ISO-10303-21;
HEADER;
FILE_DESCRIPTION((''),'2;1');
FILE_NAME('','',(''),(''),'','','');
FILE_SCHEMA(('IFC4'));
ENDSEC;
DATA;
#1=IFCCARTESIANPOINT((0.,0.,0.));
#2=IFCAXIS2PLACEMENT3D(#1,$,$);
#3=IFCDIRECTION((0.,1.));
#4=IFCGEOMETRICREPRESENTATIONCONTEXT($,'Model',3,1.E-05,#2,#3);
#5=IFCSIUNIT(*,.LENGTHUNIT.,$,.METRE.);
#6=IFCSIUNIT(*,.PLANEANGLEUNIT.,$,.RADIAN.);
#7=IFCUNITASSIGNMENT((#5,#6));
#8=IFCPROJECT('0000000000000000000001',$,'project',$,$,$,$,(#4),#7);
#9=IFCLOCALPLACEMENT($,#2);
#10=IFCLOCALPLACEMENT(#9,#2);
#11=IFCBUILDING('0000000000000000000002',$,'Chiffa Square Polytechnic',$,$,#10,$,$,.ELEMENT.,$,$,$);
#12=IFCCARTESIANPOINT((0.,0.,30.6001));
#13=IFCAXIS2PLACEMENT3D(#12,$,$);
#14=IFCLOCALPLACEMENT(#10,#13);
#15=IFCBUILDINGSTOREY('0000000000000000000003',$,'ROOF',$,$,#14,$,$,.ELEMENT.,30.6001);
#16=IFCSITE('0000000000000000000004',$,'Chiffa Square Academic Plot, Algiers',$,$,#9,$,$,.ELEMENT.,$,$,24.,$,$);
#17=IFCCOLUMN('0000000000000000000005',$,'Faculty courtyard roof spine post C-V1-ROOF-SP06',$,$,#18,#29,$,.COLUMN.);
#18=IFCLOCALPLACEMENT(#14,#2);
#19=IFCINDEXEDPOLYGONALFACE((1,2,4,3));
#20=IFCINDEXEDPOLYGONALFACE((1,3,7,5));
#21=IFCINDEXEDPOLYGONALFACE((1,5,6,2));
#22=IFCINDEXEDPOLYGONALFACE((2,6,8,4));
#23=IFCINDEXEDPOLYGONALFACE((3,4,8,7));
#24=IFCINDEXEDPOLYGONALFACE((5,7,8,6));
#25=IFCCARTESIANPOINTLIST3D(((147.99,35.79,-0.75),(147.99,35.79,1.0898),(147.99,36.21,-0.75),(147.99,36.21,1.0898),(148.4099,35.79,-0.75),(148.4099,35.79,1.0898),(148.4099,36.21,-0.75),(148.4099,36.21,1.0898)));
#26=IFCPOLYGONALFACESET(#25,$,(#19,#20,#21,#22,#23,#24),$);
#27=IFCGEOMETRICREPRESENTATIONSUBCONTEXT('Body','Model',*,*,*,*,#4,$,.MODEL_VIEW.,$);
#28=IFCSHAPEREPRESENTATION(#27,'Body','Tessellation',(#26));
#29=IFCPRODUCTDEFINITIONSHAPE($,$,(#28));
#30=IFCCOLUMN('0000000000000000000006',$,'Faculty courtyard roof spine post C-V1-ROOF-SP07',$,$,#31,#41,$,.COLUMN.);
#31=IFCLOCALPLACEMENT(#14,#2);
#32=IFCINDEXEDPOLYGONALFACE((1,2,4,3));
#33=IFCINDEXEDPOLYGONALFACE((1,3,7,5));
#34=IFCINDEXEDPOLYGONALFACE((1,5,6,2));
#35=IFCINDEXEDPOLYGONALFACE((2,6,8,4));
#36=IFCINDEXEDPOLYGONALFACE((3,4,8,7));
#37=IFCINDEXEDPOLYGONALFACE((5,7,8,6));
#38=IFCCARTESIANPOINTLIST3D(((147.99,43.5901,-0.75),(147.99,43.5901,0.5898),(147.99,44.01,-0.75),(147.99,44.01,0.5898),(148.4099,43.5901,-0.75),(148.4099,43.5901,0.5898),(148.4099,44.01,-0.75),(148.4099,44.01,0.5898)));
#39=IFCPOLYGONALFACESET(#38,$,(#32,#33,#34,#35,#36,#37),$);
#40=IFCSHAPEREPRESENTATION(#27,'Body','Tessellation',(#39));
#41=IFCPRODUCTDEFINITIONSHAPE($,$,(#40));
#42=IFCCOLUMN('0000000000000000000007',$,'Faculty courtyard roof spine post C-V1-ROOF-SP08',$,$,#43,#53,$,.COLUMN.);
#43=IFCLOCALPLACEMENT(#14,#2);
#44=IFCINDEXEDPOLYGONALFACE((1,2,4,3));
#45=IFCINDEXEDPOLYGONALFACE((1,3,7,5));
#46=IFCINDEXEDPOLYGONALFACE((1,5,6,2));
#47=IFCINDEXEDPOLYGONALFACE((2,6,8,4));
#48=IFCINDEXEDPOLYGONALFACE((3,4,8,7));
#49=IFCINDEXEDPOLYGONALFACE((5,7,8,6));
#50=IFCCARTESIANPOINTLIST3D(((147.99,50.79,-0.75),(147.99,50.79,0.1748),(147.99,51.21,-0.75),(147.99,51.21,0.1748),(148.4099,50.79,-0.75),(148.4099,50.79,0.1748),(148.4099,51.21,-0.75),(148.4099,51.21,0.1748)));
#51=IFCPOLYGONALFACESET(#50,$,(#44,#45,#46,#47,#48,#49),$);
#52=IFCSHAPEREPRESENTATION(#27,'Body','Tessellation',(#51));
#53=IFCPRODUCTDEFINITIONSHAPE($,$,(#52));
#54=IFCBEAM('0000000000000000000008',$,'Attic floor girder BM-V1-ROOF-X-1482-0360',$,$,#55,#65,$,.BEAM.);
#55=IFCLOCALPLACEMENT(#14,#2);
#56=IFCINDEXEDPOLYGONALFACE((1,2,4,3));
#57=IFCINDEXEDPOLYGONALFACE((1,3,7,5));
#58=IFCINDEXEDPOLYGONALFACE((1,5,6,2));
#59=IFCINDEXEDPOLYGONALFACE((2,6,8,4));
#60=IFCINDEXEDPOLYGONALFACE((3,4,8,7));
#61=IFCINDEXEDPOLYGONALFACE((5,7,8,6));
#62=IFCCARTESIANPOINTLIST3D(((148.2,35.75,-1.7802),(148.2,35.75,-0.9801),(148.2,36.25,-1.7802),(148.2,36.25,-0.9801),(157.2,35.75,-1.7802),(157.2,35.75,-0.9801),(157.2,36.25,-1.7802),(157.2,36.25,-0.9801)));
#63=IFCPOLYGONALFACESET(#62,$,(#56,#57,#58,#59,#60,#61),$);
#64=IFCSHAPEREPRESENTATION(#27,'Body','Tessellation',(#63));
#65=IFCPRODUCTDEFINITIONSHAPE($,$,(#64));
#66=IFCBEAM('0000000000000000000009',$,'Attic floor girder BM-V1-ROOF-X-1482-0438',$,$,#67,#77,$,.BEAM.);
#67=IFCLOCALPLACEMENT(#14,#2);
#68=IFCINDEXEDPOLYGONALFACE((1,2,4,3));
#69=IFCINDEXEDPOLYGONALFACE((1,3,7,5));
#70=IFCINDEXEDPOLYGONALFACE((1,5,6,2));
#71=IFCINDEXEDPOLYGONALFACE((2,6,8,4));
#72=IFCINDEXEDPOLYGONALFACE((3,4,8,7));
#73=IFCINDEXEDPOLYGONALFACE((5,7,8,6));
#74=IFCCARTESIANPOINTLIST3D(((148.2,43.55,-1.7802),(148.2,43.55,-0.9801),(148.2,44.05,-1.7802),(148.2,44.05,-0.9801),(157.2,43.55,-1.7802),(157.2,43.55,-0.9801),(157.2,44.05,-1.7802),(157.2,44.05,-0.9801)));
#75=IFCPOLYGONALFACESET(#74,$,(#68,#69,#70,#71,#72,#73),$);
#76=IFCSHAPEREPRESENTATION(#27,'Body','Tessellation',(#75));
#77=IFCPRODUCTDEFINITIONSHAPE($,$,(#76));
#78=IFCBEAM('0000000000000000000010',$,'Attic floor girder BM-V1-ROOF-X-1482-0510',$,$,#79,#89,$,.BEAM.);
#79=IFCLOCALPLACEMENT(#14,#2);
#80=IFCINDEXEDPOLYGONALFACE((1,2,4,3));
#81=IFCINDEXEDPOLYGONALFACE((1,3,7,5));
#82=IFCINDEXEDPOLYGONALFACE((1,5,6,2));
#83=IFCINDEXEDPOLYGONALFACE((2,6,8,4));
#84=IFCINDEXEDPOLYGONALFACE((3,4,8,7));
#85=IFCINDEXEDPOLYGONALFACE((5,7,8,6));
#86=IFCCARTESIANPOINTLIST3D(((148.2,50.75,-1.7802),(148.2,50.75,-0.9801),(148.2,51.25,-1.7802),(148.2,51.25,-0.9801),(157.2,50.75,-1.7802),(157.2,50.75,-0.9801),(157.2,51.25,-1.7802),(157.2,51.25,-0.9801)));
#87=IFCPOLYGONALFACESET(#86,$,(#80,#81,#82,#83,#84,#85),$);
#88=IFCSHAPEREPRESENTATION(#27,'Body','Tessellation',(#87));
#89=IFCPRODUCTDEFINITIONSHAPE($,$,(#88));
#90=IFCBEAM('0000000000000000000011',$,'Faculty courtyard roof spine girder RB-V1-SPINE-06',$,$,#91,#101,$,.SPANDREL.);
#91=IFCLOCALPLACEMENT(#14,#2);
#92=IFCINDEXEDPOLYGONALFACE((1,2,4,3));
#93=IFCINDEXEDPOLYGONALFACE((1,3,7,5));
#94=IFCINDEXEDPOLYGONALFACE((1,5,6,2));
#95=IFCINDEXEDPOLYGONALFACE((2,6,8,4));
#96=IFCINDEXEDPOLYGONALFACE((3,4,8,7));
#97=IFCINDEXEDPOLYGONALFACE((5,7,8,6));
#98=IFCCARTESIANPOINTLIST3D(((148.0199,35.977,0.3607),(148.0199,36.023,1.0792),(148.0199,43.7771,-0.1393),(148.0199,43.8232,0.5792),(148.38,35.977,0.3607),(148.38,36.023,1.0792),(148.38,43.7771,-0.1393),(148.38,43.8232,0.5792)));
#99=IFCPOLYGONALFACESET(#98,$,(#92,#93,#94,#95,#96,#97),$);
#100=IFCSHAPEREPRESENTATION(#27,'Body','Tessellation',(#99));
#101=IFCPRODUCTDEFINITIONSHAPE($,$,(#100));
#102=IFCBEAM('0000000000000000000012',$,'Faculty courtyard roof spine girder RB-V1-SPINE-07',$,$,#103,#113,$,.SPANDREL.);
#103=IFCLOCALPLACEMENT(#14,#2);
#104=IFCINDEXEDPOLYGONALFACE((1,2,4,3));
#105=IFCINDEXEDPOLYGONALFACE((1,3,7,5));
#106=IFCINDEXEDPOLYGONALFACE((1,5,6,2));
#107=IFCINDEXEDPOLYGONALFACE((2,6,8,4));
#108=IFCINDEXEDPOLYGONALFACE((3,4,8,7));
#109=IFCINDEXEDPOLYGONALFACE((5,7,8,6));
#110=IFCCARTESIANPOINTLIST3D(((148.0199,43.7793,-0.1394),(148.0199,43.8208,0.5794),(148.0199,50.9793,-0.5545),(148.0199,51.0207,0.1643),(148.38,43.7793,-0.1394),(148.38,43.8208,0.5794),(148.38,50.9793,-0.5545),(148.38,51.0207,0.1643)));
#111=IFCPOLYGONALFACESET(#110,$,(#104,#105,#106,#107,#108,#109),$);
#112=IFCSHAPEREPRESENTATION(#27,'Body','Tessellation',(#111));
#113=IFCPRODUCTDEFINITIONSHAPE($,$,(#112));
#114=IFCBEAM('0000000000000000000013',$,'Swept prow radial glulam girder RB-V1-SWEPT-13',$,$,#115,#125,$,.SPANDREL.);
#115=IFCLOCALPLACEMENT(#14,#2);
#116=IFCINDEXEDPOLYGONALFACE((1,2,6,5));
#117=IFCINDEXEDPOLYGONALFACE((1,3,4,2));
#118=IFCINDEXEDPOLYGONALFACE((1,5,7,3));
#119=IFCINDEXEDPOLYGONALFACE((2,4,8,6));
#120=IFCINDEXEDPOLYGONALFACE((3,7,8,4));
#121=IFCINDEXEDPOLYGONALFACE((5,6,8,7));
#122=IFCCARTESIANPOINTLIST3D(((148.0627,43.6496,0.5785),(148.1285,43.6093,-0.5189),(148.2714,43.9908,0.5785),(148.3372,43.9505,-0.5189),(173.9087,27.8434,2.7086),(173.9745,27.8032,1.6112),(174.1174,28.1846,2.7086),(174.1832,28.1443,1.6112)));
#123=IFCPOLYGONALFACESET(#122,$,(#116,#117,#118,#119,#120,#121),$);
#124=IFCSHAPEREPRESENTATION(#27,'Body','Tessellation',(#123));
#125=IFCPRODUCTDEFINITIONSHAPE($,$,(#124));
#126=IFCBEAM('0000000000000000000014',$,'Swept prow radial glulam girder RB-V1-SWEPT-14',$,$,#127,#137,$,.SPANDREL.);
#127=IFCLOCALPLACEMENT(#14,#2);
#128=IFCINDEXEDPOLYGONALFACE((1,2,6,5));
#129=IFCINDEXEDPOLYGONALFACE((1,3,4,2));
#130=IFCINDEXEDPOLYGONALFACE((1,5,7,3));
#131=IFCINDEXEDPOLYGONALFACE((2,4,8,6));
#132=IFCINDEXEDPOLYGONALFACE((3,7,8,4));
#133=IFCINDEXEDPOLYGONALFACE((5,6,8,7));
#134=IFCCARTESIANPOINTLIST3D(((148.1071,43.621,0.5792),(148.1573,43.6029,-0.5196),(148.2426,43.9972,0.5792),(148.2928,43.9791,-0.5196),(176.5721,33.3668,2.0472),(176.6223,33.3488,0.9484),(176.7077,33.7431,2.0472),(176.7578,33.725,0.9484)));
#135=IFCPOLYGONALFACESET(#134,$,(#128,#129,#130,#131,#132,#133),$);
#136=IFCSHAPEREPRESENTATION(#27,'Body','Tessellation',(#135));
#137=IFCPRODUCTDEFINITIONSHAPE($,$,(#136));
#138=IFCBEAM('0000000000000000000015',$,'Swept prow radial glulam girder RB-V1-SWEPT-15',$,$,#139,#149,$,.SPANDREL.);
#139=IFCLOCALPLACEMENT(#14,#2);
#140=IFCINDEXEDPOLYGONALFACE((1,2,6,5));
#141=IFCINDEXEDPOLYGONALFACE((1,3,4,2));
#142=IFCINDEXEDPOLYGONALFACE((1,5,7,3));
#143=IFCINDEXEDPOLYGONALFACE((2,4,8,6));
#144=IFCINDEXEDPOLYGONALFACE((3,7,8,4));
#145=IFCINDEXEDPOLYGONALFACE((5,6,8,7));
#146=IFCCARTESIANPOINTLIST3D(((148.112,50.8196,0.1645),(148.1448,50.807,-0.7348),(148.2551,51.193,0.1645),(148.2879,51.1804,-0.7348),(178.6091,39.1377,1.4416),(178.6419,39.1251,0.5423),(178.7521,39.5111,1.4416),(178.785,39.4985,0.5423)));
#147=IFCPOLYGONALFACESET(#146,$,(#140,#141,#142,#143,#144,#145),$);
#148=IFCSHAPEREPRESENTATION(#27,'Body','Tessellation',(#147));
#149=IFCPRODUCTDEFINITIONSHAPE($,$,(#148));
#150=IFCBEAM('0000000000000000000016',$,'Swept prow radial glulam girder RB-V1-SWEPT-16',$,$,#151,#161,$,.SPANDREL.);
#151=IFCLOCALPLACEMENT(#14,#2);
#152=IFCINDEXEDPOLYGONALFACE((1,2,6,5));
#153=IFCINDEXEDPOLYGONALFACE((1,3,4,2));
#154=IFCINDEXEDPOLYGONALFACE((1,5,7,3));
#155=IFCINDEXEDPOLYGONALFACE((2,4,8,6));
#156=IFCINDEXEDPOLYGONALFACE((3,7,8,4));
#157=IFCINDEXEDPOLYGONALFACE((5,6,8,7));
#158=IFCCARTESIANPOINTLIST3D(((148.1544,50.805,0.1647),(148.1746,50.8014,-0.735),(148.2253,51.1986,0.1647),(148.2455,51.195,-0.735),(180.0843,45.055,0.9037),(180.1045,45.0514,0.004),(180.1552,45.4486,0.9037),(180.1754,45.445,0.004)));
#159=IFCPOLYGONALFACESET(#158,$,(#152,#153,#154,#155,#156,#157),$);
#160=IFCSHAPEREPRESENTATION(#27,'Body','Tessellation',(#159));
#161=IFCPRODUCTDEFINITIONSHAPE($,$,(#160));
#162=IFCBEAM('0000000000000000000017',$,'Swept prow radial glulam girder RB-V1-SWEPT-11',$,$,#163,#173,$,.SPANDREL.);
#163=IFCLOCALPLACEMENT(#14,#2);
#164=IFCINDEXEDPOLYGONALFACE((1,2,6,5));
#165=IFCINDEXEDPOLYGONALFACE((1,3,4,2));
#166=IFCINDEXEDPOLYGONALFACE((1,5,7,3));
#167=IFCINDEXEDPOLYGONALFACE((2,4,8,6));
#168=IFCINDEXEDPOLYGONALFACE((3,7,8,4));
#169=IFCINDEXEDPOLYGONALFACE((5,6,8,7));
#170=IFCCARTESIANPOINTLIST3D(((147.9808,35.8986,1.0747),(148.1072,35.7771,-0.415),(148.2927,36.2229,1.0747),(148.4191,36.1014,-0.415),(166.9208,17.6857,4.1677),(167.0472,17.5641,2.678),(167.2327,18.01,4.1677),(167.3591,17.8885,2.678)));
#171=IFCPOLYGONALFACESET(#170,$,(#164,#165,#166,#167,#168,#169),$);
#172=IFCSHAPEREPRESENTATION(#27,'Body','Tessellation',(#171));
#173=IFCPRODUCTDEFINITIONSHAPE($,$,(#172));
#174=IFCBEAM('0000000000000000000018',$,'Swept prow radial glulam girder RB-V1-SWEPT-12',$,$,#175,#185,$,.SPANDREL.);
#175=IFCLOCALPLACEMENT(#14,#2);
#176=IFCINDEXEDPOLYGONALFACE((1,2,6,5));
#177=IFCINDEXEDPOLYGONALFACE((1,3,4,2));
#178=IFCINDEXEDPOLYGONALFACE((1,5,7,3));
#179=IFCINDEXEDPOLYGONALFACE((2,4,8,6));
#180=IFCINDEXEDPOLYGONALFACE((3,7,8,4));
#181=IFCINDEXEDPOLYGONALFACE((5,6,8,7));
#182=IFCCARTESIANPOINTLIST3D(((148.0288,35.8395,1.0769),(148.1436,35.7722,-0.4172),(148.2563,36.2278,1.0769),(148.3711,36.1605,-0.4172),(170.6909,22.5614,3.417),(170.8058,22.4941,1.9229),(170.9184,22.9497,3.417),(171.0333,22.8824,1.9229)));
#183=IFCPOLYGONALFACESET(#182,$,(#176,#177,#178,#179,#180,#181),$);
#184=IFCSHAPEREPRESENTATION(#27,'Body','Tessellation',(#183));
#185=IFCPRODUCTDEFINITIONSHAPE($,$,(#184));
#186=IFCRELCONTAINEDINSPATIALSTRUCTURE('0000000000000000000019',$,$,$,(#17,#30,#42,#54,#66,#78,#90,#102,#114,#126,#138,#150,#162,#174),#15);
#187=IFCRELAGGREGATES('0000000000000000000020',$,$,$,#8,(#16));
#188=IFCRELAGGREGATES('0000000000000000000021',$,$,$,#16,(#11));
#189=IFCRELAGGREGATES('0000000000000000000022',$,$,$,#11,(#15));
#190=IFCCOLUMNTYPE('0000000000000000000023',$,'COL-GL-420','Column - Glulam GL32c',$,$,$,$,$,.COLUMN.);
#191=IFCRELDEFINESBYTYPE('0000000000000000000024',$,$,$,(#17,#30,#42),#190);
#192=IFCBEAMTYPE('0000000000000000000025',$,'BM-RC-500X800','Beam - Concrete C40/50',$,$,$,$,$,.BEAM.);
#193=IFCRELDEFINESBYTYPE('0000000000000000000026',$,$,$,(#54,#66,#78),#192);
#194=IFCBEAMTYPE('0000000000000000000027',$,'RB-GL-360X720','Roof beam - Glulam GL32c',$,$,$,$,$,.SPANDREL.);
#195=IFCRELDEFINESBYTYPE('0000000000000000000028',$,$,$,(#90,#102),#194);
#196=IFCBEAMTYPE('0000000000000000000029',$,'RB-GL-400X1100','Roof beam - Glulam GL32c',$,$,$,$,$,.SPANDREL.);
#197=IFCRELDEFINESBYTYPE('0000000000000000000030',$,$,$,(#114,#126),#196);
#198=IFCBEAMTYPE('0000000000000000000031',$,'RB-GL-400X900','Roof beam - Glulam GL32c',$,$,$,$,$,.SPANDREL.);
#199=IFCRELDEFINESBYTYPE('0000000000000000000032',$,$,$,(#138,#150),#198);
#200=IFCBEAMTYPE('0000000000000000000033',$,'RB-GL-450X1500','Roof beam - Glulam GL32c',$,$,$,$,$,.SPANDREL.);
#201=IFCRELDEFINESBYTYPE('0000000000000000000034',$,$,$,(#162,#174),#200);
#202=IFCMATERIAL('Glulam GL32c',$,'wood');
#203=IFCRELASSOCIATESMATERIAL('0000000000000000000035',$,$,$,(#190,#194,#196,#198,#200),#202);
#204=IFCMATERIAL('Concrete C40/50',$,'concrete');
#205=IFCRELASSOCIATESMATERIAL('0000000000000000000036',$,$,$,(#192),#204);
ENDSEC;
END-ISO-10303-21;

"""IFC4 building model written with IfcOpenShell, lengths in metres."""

from ifc_helpers import new_model, si_unit, direction, frame, origin, origin_2d, place, context, subcontext, project, spatial, rectangle, extrude, material, material_profile, profile_set, type_object, element, save


model = new_model("IFC4")

# Units and contexts
model_context = context("Model", 3, precision=1e-05, world=origin(), true_north=direction((0.0, 1.0)))
body_context = subcontext(model_context, "Body", "Model", "MODEL_VIEW")
ifc_project = project(units=[si_unit("LENGTHUNIT", "METRE"), si_unit("PLANEANGLEUNIT", "RADIAN")], contexts=[model_context])

# Site, building, storey
site_placement = place(None, origin())
site = spatial("IfcSite", under=ifc_project, at=site_placement, Name="Chiffa Square Academic Plot, Algiers", CompositionType="ELEMENT", RefElevation=24.0)
building_placement = place(site_placement, origin())
building = spatial("IfcBuilding", under=site, at=building_placement, Name="Chiffa Square Polytechnic", CompositionType="ELEMENT")
storey_placement = place(building_placement, frame((0.0, 0.0, 30.6001)))
storey = spatial("IfcBuildingStorey", under=building, at=storey_placement, Name="ROOF", CompositionType="ELEMENT", Elevation=30.6001)

# Columns
ifc_material_1 = material(Name="Glulam GL32c", Category="wood")
ifc_material_profile_1 = material_profile(ifc_material_1, rectangle(XDim=0.4199, YDim=0.4199, at=origin_2d()), Name="GL32c 420x420")
ifc_profile_set_1 = profile_set([ifc_material_profile_1], Name="Glulam GL32c")
column_type = type_object("IfcColumnType", Name="COL-GL-420", Description="Column - Glulam GL32c", PredefinedType="COLUMN", material=ifc_profile_set_1)
column_1_placement = place(storey_placement, frame((148.2, 36.0, -0.75), z_axis=(0.0, 0.0, 1.0), x_axis=(1.0, 0.0, 0.0)))
element("IfcColumn", 1, at=column_1_placement, inside=storey, type_object=column_type, Name="Faculty courtyard roof spine post C-V1-ROOF-SP06", PredefinedType="COLUMN", context=body_context, shape_type="SweptSolid", body=[
    extrude(rectangle(XDim=0.4199, YDim=0.4199, at=origin_2d()), origin(), (0.0, 0.0, 1.0), 1.8398),
])
column_2_placement = place(storey_placement, frame((148.2, 43.8, -0.75), z_axis=(0.0, 0.0, 1.0), x_axis=(1.0, 0.0, 0.0)))
element("IfcColumn", 2, at=column_2_placement, inside=storey, type_object=column_type, Name="Faculty courtyard roof spine post C-V1-ROOF-SP07", PredefinedType="COLUMN", context=body_context, shape_type="SweptSolid", body=[
    extrude(rectangle(XDim=0.4199, YDim=0.4199, at=origin_2d()), origin(), (0.0, 0.0, 1.0), 1.3398),
])
column_3_placement = place(storey_placement, frame((148.2, 51.0, -0.75), z_axis=(0.0, 0.0, 1.0), x_axis=(1.0, 0.0, 0.0)))
element("IfcColumn", 3, at=column_3_placement, inside=storey, type_object=column_type, Name="Faculty courtyard roof spine post C-V1-ROOF-SP08", PredefinedType="COLUMN", context=body_context, shape_type="SweptSolid", body=[
    extrude(rectangle(XDim=0.4199, YDim=0.4199, at=origin_2d()), origin(), (0.0, 0.0, 1.0), 0.9248),
])

# Beams
ifc_material_2 = material(Name="Concrete C40/50", Category="concrete")
ifc_material_profile_2 = material_profile(ifc_material_2, rectangle(XDim=0.5, YDim=0.8, at=origin_2d()), Name="RC 500x800")
ifc_profile_set_2 = profile_set([ifc_material_profile_2], Name="Concrete C40/50")
beam_type_1 = type_object("IfcBeamType", Name="BM-RC-500X800", Description="Beam - Concrete C40/50", PredefinedType="BEAM", material=ifc_profile_set_2)
for number, where, z_axis, x_axis, name in (
    (4, (148.2, 36.0, -1.3801), (1.0, 0.0, 0.0), (0.0, 1.0, 0.0), "Attic floor girder BM-V1-ROOF-X-1482-0360"),
    (5, (148.2, 43.8, -1.3801), (1.0, 0.0, 0.0), (0.0, 1.0, 0.0), "Attic floor girder BM-V1-ROOF-X-1482-0438"),
    (6, (148.2, 51.0, -1.3801), (1.0, 0.0, 0.0), (0.0, 1.0, 0.0), "Attic floor girder BM-V1-ROOF-X-1482-0510"),
):
    element("IfcBeam", number, at=place(storey_placement, frame(where, z_axis=z_axis, x_axis=x_axis)), inside=storey, type_object=beam_type_1, Name=name, PredefinedType="BEAM", context=body_context, shape_type="SweptSolid", body=[
        extrude(rectangle(XDim=0.5, YDim=0.8, at=origin_2d()), origin(), (0.0, 0.0, 1.0), 9.0),
    ])
ifc_material_profile_3 = material_profile(ifc_material_1, rectangle(XDim=0.3601, YDim=0.72, at=origin_2d()), Name="GL32c 360x720")
ifc_profile_set_3 = profile_set([ifc_material_profile_3], Name="Glulam GL32c")
beam_type_2 = type_object("IfcBeamType", Name="RB-GL-360X720", Description="Roof beam - Glulam GL32c", PredefinedType="SPANDREL", material=ifc_profile_set_3)
beam_1_placement = place(storey_placement, frame((148.2, 36.0, 0.72), z_axis=(0.0, 0.997952, -0.063971), x_axis=(-1.0, 0.0, 0.0)))
element("IfcBeam", 7, at=beam_1_placement, inside=storey, type_object=beam_type_2, Name="Faculty courtyard roof spine girder RB-V1-SPINE-06", PredefinedType="SPANDREL", context=body_context, shape_type="SweptSolid", body=[
    extrude(rectangle(XDim=0.3601, YDim=0.72, at=origin_2d()), origin(), (0.0, 0.0, 1.0), 7.8162),
])
beam_2_placement = place(storey_placement, frame((148.2, 43.8, 0.22), z_axis=(0.0, 0.998343, -0.057549), x_axis=(-1.0, 0.0, 0.0)))
element("IfcBeam", 8, at=beam_2_placement, inside=storey, type_object=beam_type_2, Name="Faculty courtyard roof spine girder RB-V1-SPINE-07", PredefinedType="SPANDREL", context=body_context, shape_type="SweptSolid", body=[
    extrude(rectangle(XDim=0.3601, YDim=0.72, at=origin_2d()), origin(), (0.0, 0.0, 1.0), 7.2119),
])
ifc_material_profile_4 = material_profile(ifc_material_1, rectangle(XDim=0.3999, YDim=1.1001, at=origin_2d()), Name="GL32c 400x1100")
ifc_profile_set_4 = profile_set([ifc_material_profile_4], Name="Glulam GL32c")
beam_type_3 = type_object("IfcBeamType", Name="RB-GL-400X1100", Description="Roof beam - Glulam GL32c", PredefinedType="SPANDREL", material=ifc_profile_set_4)
beam_3_placement = place(storey_placement, frame((148.2, 43.8, 0.0298), z_axis=(0.851013, -0.520439, 0.070137), x_axis=(0.521724, 0.853114, 0.0)))
element("IfcBeam", 9, at=beam_3_placement, inside=storey, type_object=beam_type_3, Name="Swept prow radial glulam girder RB-V1-SWEPT-13", PredefinedType="SPANDREL", context=body_context, shape_type="SweptSolid", body=[
    extrude(rectangle(XDim=0.3999, YDim=1.1001, at=origin_2d()), origin(), (0.0, 0.0, 1.0), 30.3708),
])
beam_4_placement = place(storey_placement, frame((148.2, 43.8, 0.0298), z_axis=(0.939711, -0.338518, 0.048463), x_axis=(0.338916, 0.940817, 0.0)))
element("IfcBeam", 10, at=beam_4_placement, inside=storey, type_object=beam_type_3, Name="Swept prow radial glulam girder RB-V1-SWEPT-14", PredefinedType="SPANDREL", context=body_context, shape_type="SweptSolid", body=[
    extrude(rectangle(XDim=0.3999, YDim=1.1001, at=origin_2d()), origin(), (0.0, 0.0, 1.0), 30.2913),
])
ifc_material_profile_5 = material_profile(ifc_material_1, rectangle(XDim=0.3999, YDim=0.8999, at=origin_2d()), Name="GL32c 400x900")
ifc_profile_set_5 = profile_set([ifc_material_profile_5], Name="Glulam GL32c")
beam_type_4 = type_object("IfcBeamType", Name="RB-GL-400X900", Description="Roof beam - Glulam GL32c", PredefinedType="SPANDREL", material=ifc_profile_set_5)
beam_5_placement = place(storey_placement, frame((148.2, 51.0, -0.2852), z_axis=(0.933121, -0.357432, 0.039076), x_axis=(0.357705, 0.933835, 0.0)))
element("IfcBeam", 11, at=beam_5_placement, inside=storey, type_object=beam_type_4, Name="Swept prow radial glulam girder RB-V1-SWEPT-15", PredefinedType="SPANDREL", context=body_context, shape_type="SweptSolid", body=[
    extrude(rectangle(XDim=0.3999, YDim=0.8999, at=origin_2d()), origin(), (0.0, 0.0, 1.0), 32.6829),
])
beam_6_placement = place(storey_placement, frame((148.2, 51.0, -0.2852), z_axis=(0.983914, -0.177185, 0.022773), x_axis=(0.177231, 0.984169, 0.0)))
element("IfcBeam", 12, at=beam_6_placement, inside=storey, type_object=beam_type_4, Name="Swept prow radial glulam girder RB-V1-SWEPT-16", PredefinedType="SPANDREL", context=body_context, shape_type="SweptSolid", body=[
    extrude(rectangle(XDim=0.3999, YDim=0.8999, at=origin_2d()), origin(), (0.0, 0.0, 1.0), 32.4519),
])
ifc_material_profile_6 = material_profile(ifc_material_1, rectangle(XDim=0.45, YDim=1.5, at=origin_2d()), Name="GL32c 450x1500")
ifc_profile_set_6 = profile_set([ifc_material_profile_6], Name="Glulam GL32c")
beam_type_5 = type_object("IfcBeamType", Name="RB-GL-450X1500", Description="Roof beam - Glulam GL32c", PredefinedType="SPANDREL", material=ifc_profile_set_6)
beam_7_placement = place(storey_placement, frame((148.2, 36.0, 0.3298), z_axis=(0.715864, -0.688384, 0.116905), x_axis=(0.693137, 0.720806, 0.0)))
element("IfcBeam", 13, at=beam_7_placement, inside=storey, type_object=beam_type_5, Name="Swept prow radial glulam girder RB-V1-SWEPT-11", PredefinedType="SPANDREL", context=body_context, shape_type="SweptSolid", body=[
    extrude(rectangle(XDim=0.45, YDim=1.5, at=origin_2d()), origin(), (0.0, 0.0, 1.0), 26.4575),
])
beam_8_placement = place(storey_placement, frame((148.2, 36.0, 0.3298), z_axis=(0.859404, -0.503538, 0.088742), x_axis=(0.505532, 0.862808, 0.0)))
element("IfcBeam", 14, at=beam_8_placement, inside=storey, type_object=beam_type_5, Name="Swept prow radial glulam girder RB-V1-SWEPT-12", PredefinedType="SPANDREL", context=body_context, shape_type="SweptSolid", body=[
    extrude(rectangle(XDim=0.45, YDim=1.5, at=origin_2d()), origin(), (0.0, 0.0, 1.0), 26.3696),
])

save(model, "model.ifc")
